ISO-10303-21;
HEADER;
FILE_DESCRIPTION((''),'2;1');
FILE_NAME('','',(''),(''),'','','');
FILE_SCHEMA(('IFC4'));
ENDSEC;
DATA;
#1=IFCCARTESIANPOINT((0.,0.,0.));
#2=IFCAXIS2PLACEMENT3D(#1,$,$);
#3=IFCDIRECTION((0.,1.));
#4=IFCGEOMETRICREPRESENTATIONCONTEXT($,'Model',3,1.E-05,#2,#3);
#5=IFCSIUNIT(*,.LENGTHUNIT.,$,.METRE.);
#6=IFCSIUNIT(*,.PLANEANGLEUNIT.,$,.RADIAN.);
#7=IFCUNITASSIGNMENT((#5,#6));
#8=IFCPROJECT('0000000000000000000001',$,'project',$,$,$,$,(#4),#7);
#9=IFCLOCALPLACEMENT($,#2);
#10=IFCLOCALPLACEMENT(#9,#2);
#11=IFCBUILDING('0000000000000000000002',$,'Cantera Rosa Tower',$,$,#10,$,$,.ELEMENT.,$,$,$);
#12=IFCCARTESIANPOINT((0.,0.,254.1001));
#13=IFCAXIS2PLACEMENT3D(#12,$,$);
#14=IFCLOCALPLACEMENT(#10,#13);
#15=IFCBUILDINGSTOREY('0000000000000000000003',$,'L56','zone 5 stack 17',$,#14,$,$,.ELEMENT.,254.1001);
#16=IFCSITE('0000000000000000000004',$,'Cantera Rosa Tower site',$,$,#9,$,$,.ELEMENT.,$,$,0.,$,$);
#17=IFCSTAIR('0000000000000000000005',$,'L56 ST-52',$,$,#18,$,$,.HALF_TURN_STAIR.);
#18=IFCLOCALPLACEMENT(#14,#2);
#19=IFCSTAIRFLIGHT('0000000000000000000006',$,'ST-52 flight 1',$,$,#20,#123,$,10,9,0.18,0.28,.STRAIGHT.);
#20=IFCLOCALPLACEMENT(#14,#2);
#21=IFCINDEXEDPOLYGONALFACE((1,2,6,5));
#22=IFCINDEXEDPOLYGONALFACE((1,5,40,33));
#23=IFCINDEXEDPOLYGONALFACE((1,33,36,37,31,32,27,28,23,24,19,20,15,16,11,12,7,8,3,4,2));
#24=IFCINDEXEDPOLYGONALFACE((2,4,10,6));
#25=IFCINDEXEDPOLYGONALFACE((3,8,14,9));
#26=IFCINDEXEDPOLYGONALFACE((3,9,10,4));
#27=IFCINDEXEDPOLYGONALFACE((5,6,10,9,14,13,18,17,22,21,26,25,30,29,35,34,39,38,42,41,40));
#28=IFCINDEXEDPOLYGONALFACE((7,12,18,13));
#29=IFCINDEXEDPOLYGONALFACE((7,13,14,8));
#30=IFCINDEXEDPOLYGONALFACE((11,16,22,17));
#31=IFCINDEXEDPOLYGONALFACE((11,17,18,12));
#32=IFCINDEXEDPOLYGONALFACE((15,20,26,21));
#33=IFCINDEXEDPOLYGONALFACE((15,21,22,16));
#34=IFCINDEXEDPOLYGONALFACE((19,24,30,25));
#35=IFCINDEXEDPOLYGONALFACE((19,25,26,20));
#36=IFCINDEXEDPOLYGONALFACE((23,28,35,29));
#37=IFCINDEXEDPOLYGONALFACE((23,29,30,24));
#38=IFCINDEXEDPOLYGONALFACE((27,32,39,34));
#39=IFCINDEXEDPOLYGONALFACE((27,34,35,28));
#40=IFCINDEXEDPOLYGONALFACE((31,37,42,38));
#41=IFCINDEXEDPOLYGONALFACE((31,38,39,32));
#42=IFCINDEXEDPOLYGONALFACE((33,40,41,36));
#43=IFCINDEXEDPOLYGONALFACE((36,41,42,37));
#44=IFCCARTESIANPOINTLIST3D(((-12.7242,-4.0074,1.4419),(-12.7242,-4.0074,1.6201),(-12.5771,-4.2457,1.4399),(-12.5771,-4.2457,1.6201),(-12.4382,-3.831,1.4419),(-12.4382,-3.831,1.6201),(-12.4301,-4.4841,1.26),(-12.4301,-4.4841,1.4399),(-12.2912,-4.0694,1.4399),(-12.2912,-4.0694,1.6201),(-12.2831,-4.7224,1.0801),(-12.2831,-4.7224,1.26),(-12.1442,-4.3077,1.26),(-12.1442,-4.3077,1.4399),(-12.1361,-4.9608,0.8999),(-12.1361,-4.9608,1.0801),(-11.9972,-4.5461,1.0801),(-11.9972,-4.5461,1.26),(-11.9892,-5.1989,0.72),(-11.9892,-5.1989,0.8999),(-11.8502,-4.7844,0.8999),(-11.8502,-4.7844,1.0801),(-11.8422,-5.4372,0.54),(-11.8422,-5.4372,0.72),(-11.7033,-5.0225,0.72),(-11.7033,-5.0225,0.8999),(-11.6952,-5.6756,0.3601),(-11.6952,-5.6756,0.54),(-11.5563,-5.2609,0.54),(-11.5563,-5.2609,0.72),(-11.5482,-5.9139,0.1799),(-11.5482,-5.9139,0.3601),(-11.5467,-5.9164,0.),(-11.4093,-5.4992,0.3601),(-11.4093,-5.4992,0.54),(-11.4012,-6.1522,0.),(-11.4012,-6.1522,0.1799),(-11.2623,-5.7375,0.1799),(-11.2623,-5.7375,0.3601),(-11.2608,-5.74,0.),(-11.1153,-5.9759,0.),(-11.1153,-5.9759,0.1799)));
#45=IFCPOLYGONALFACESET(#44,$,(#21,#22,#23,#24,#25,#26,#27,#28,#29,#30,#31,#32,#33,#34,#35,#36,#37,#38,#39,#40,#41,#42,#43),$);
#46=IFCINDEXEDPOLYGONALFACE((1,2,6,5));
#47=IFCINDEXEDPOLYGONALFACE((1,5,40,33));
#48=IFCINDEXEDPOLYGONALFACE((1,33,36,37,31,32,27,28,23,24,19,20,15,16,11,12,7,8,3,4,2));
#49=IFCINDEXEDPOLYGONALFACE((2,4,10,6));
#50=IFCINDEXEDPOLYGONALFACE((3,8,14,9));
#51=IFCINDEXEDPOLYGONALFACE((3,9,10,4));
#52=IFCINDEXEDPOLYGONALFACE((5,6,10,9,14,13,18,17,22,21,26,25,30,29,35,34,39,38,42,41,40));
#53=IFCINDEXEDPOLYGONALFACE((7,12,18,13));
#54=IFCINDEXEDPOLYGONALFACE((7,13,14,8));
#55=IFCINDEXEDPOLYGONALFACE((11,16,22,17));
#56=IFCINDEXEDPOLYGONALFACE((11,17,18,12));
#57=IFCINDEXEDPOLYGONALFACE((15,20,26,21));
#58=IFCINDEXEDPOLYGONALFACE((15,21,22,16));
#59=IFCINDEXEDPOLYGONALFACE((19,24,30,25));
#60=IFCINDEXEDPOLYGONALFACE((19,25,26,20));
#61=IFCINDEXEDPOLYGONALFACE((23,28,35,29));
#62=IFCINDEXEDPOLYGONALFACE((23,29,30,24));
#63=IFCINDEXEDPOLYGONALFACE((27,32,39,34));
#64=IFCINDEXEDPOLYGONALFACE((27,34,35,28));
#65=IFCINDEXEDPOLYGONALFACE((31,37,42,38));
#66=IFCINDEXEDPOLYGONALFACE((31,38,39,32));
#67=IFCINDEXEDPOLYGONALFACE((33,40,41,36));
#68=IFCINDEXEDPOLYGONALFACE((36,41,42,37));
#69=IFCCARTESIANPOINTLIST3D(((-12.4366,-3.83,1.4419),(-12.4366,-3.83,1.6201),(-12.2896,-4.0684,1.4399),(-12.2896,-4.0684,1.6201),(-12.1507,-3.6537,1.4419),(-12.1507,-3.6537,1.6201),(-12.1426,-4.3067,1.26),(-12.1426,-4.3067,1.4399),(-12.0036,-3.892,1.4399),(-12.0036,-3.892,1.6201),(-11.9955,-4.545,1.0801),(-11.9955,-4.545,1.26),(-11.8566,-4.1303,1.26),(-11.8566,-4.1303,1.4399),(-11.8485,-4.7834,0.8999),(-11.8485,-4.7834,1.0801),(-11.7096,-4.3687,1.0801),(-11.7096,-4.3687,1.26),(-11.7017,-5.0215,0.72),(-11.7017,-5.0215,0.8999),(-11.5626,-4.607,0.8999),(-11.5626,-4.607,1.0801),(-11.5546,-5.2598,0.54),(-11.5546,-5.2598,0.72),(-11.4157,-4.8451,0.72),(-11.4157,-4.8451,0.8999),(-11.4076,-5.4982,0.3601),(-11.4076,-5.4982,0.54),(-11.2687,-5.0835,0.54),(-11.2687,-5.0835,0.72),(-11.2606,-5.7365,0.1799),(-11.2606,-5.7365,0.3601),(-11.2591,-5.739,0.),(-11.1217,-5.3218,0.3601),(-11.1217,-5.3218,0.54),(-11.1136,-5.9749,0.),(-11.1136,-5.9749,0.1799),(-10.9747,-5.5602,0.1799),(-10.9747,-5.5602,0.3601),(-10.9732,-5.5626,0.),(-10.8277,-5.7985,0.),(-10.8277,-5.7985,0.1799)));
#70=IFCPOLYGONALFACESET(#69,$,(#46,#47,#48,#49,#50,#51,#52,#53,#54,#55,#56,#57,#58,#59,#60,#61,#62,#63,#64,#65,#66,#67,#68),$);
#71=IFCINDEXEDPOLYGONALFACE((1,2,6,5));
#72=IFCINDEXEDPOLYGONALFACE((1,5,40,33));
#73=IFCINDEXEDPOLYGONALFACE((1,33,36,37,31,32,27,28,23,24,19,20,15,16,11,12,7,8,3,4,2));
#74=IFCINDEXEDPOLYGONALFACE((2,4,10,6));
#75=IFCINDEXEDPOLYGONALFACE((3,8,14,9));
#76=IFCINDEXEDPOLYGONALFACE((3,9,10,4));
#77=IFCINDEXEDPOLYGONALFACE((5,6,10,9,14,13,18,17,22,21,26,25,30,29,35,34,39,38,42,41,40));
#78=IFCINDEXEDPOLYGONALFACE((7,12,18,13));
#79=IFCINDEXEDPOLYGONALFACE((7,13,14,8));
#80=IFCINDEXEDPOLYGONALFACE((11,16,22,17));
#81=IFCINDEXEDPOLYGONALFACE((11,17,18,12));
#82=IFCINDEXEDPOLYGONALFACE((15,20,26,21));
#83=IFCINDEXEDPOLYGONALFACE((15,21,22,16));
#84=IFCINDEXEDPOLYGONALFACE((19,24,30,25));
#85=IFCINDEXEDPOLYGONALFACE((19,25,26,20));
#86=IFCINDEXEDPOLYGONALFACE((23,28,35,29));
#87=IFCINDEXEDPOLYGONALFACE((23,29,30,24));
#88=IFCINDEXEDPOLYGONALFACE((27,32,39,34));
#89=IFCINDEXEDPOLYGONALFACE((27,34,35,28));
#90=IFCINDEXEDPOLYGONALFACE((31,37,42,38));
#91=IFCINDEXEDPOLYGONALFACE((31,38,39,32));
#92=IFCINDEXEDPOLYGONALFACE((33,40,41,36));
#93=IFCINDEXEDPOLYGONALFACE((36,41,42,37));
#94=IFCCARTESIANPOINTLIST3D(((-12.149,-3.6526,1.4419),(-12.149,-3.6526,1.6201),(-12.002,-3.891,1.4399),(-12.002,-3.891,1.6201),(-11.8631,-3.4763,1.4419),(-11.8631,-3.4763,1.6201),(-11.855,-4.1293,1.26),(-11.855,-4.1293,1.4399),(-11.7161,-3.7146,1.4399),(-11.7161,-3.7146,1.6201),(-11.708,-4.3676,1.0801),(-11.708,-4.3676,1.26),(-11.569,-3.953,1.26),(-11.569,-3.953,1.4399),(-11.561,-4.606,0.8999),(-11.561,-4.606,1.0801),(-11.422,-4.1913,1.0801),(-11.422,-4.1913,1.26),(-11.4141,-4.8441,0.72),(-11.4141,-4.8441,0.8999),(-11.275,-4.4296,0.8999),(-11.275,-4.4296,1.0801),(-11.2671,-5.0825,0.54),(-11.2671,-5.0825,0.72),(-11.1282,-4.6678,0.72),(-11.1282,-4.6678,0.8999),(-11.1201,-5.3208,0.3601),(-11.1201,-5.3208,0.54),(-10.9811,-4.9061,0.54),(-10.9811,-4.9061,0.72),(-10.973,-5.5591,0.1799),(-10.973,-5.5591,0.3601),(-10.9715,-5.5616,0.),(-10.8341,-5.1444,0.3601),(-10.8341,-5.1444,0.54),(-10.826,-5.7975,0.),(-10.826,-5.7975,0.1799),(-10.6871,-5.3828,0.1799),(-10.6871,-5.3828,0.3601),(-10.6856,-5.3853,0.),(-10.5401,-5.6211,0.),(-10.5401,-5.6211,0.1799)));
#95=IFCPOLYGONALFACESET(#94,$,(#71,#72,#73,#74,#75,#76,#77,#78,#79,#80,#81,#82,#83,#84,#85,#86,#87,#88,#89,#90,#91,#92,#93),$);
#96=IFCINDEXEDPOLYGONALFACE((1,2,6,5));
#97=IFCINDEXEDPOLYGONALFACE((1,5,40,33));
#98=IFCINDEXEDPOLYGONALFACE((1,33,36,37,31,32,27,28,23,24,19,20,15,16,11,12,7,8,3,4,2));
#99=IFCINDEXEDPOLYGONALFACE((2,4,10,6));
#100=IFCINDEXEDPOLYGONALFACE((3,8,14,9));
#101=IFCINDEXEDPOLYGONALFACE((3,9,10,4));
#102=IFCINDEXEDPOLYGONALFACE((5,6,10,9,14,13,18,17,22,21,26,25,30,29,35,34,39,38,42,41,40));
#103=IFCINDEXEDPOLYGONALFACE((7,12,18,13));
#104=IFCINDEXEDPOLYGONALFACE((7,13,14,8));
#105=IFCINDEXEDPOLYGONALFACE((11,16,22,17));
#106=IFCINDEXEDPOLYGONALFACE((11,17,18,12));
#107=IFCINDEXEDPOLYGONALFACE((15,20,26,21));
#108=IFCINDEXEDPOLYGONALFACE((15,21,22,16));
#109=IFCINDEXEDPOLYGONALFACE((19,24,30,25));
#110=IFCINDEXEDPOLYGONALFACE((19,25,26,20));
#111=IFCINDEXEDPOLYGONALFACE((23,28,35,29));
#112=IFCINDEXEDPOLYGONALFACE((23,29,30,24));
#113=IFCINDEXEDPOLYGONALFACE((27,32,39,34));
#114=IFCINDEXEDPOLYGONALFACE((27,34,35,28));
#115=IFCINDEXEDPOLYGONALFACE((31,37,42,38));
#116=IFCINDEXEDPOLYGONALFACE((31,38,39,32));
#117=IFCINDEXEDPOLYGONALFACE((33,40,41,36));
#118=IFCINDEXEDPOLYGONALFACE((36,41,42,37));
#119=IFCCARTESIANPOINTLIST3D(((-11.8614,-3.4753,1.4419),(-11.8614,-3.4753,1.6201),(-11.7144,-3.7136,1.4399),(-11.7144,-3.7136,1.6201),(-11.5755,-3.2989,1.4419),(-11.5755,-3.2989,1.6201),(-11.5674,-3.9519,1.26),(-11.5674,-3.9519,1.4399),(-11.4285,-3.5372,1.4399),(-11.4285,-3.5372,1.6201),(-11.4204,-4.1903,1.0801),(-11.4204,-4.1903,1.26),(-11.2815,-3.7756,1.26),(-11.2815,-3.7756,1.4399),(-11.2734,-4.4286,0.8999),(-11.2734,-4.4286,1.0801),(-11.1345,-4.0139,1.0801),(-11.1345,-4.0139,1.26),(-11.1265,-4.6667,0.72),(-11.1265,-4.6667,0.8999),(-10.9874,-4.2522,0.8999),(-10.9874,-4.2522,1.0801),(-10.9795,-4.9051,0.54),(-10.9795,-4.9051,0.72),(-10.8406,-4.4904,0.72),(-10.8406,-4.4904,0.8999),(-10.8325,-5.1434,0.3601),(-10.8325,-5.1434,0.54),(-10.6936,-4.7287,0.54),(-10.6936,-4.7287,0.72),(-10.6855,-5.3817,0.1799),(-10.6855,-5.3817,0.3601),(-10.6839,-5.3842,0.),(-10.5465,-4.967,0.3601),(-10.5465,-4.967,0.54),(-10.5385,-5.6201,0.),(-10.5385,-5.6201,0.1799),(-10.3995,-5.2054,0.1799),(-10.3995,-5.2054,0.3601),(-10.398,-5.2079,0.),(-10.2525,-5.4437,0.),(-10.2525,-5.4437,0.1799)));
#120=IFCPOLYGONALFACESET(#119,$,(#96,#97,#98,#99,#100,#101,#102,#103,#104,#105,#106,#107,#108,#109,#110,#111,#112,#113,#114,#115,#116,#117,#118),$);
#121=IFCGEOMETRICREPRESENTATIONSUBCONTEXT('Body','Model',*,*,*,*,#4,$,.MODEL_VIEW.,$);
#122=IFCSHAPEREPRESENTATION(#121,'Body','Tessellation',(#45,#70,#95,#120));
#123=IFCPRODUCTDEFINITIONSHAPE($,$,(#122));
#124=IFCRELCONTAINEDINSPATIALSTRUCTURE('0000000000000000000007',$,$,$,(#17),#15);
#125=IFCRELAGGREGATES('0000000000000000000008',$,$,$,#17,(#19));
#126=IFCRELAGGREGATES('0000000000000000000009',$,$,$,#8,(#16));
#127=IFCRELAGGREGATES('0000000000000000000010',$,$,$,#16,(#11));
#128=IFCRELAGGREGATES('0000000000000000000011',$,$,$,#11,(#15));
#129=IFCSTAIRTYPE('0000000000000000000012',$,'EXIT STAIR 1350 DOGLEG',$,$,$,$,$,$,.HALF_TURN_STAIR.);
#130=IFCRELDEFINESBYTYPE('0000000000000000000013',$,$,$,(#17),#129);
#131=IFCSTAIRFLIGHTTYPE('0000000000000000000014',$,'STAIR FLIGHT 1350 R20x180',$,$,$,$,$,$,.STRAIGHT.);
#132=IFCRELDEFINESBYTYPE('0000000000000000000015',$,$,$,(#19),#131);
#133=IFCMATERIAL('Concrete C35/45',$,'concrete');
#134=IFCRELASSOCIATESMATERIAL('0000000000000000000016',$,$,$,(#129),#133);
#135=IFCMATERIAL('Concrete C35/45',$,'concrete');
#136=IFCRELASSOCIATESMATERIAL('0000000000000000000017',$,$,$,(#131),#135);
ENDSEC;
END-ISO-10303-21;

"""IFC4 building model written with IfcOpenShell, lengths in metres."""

from ifc_helpers import new_model, si_unit, direction, frame, origin, place, context, subcontext, project, spatial, polyline, outline, extrude, material, type_object, element, aggregate, save


model = new_model("IFC4")

# Units and contexts
model_context = context("Model", 3, precision=1e-05, world=origin(), true_north=direction((0.0, 1.0)))
body_context = subcontext(model_context, "Body", "Model", "MODEL_VIEW")
ifc_project = project(units=[si_unit("LENGTHUNIT", "METRE"), si_unit("PLANEANGLEUNIT", "RADIAN")], contexts=[model_context])

# Site, building, storey
site_placement = place(None, origin())
site = spatial("IfcSite", under=ifc_project, at=site_placement, Name="Cantera Rosa Tower site", CompositionType="ELEMENT", RefElevation=0.0)
building_placement = place(site_placement, origin())
building = spatial("IfcBuilding", under=site, at=building_placement, Name="Cantera Rosa Tower", CompositionType="ELEMENT")
storey_placement = place(building_placement, frame((0.0, 0.0, 254.1001)))
storey = spatial("IfcBuildingStorey", under=building, at=storey_placement, Name="L56", Description="zone 5 stack 17", CompositionType="ELEMENT", Elevation=254.1001)

# Stair, stair flight
ifc_material_1 = material(Name="Concrete C35/45", Category="concrete")
stair_type = type_object("IfcStairType", Name="EXIT STAIR 1350 DOGLEG", PredefinedType="HALF_TURN_STAIR", material=ifc_material_1)
stair_placement = place(storey_placement, origin())
stair = element("IfcStair", 1, at=stair_placement, inside=storey, type_object=stair_type, Name="L56 ST-52", PredefinedType="HALF_TURN_STAIR")
ifc_material_2 = material(Name="Concrete C35/45", Category="concrete")
stair_flight_type = type_object("IfcStairFlightType", Name="STAIR FLIGHT 1350 R20x180", PredefinedType="STRAIGHT", material=ifc_material_2)
stair_flight_1_placement = place(storey_placement, frame((-10.8267, -5.7979, 0.0), z_axis=(0.0, 0.0, 1.0), x_axis=(-0.524977, 0.851117, 0.0)))
stair_flight_1 = element("IfcStairFlight", 2, at=stair_flight_1_placement, type_object=stair_flight_type, Name="ST-52 flight 1", NumberOfRisers=10, NumberOfTreads=9, PredefinedType="STRAIGHT", RiserHeight=0.18, TreadLength=0.28, context=body_context, shape_type="SweptSolid", body=[
    extrude(outline(polyline([(0.0, 0.0), (0.0, 0.1799), (0.28, 0.1799), (0.28, 0.3601), (0.5601, 0.3601), (0.5601, 0.54), (0.8401, 0.54), (0.8401, 0.72), (1.1201, 0.72), (1.1201, 0.8999), (1.3999, 0.8999), (1.3999, 1.0801), (1.6799, 1.0801), (1.6799, 1.26), (1.96, 1.26), (1.96, 1.4399), (2.24, 1.4399), (2.24, 1.6201), (2.52, 1.6201), (2.52, 1.8), (2.52, 1.4419), (0.2771, 0.0), (0.0, 0.0)])), frame((0.0, 0.675, 0.0), z_axis=(0.0, -1.0, 0.0), x_axis=(1.0, 0.0, 0.0)), (0.0, 0.0, 1.0), 0.3359),
    extrude(outline(polyline([(0.0, 0.0), (0.0, 0.1799), (0.28, 0.1799), (0.28, 0.3601), (0.5601, 0.3601), (0.5601, 0.54), (0.8401, 0.54), (0.8401, 0.72), (1.1201, 0.72), (1.1201, 0.8999), (1.3999, 0.8999), (1.3999, 1.0801), (1.6799, 1.0801), (1.6799, 1.26), (1.96, 1.26), (1.96, 1.4399), (2.24, 1.4399), (2.24, 1.6201), (2.52, 1.6201), (2.52, 1.8), (2.52, 1.4419), (0.2771, 0.0), (0.0, 0.0)])), frame((0.0, 0.3372, 0.0), z_axis=(0.0, -1.0, 0.0), x_axis=(1.0, 0.0, 0.0)), (0.0, 0.0, 1.0), 0.3359),
    extrude(outline(polyline([(0.0, 0.0), (0.0, 0.1799), (0.28, 0.1799), (0.28, 0.3601), (0.5601, 0.3601), (0.5601, 0.54), (0.8401, 0.54), (0.8401, 0.72), (1.1201, 0.72), (1.1201, 0.8999), (1.3999, 0.8999), (1.3999, 1.0801), (1.6799, 1.0801), (1.6799, 1.26), (1.96, 1.26), (1.96, 1.4399), (2.24, 1.4399), (2.24, 1.6201), (2.52, 1.6201), (2.52, 1.8), (2.52, 1.4419), (0.2771, 0.0), (0.0, 0.0)])), frame((0.0, -0.0007, 0.0), z_axis=(0.0, -1.0, 0.0), x_axis=(1.0, 0.0, 0.0)), (0.0, 0.0, 1.0), 0.3359),
    extrude(outline(polyline([(0.0, 0.0), (0.0, 0.1799), (0.28, 0.1799), (0.28, 0.3601), (0.5601, 0.3601), (0.5601, 0.54), (0.8401, 0.54), (0.8401, 0.72), (1.1201, 0.72), (1.1201, 0.8999), (1.3999, 0.8999), (1.3999, 1.0801), (1.6799, 1.0801), (1.6799, 1.26), (1.96, 1.26), (1.96, 1.4399), (2.24, 1.4399), (2.24, 1.6201), (2.52, 1.6201), (2.52, 1.8), (2.52, 1.4419), (0.2771, 0.0), (0.0, 0.0)])), frame((0.0, -0.3386, 0.0), z_axis=(0.0, -1.0, 0.0), x_axis=(1.0, 0.0, 0.0)), (0.0, 0.0, 1.0), 0.3359),
])
aggregate(stair, [stair_flight_1])

save(model, "model.ifc")
